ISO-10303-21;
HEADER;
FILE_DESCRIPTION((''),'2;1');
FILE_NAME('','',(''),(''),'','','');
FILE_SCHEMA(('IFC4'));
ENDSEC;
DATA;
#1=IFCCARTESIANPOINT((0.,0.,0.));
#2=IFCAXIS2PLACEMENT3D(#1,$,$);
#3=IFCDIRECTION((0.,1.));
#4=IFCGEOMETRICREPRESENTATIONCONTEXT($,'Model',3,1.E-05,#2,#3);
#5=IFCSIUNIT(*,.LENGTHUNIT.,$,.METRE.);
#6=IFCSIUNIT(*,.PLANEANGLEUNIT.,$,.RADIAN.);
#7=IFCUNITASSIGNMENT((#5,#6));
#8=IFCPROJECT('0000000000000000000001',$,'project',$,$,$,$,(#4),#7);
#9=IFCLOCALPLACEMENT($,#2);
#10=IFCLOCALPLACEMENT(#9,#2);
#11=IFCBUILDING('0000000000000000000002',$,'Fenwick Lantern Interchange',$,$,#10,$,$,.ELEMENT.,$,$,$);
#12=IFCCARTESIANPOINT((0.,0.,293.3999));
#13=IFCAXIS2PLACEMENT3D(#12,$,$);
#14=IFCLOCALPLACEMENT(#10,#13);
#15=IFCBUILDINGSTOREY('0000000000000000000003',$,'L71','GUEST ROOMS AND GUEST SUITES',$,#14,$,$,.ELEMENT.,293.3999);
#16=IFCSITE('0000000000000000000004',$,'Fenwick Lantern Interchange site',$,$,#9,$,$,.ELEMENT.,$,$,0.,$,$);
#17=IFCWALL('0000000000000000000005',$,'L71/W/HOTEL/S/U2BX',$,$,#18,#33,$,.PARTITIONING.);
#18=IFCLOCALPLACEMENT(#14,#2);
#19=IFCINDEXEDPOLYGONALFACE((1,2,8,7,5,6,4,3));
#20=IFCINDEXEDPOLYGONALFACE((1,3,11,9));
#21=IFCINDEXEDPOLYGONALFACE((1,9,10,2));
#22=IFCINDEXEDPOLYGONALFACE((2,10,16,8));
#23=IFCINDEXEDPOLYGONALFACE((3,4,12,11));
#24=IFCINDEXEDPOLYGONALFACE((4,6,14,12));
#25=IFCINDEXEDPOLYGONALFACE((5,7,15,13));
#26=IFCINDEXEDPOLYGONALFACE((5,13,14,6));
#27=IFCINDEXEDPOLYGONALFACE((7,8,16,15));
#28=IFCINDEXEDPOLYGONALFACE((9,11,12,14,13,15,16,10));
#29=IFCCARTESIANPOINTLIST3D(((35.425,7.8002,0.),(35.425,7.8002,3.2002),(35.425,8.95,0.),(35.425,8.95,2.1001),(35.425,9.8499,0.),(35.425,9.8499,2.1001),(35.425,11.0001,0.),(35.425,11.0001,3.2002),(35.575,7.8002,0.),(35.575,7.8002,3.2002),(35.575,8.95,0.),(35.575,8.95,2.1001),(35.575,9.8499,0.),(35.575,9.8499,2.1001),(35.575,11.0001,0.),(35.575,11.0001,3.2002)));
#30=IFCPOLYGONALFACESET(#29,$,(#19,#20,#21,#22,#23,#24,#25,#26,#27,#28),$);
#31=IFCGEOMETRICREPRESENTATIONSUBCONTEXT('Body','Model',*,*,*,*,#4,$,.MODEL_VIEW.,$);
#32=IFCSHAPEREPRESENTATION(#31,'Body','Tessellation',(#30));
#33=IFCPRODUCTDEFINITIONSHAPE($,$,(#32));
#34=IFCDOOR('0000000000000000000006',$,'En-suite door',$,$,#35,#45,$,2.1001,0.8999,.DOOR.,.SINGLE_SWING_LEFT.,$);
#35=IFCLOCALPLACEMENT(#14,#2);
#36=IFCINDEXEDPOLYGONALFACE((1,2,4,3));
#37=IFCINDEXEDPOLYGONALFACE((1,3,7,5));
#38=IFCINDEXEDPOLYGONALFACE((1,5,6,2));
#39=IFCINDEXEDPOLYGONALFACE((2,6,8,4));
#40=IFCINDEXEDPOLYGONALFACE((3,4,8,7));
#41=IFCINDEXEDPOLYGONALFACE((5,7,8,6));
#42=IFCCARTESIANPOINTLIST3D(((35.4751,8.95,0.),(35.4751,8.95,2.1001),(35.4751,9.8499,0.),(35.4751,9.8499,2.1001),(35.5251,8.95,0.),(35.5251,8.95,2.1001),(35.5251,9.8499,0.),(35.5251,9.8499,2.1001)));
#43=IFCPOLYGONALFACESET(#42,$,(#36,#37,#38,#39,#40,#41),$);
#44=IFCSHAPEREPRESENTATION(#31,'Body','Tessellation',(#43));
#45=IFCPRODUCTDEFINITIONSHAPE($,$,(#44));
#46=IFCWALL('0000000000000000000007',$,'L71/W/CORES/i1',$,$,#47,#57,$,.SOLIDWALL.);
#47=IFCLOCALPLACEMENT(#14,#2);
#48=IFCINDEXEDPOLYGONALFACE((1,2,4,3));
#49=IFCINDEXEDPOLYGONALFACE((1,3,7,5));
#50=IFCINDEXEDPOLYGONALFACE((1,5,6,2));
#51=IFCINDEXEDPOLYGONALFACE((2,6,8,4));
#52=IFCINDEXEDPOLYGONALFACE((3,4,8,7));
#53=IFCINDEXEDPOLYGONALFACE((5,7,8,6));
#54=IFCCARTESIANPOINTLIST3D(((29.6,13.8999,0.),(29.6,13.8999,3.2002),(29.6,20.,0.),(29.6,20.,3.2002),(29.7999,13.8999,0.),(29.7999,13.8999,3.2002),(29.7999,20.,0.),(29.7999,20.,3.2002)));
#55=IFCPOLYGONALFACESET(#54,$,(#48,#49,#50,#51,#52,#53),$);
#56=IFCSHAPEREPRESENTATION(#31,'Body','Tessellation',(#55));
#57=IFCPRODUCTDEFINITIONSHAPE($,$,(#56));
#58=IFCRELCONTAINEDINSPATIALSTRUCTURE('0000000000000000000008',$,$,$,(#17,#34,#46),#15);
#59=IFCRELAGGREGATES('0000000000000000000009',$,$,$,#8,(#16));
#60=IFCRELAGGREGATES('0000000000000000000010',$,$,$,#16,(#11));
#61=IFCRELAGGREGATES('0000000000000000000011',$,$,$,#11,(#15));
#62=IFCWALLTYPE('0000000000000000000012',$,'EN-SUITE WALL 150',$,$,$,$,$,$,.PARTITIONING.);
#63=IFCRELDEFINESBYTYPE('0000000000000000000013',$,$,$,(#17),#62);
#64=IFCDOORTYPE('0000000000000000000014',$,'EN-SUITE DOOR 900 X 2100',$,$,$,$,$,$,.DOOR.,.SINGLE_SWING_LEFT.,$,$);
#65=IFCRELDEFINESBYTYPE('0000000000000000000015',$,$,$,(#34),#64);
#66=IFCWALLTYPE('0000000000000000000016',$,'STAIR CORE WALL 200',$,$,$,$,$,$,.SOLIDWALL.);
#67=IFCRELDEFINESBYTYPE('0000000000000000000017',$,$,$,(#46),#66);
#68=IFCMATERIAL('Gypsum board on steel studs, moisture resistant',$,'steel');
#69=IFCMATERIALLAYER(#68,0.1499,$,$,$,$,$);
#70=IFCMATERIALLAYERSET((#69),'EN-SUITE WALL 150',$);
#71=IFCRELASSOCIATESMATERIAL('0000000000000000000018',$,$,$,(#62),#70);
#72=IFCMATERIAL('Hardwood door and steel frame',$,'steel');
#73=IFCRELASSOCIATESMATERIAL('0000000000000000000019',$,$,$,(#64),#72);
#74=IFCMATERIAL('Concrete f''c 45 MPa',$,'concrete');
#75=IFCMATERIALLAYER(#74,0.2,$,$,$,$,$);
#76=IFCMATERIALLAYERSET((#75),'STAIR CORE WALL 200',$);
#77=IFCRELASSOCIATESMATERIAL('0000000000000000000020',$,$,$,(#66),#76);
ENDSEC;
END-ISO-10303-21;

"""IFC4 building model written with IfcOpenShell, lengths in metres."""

from ifc_helpers import new_model, si_unit, direction, frame, frame_2d, origin, place, context, subcontext, project, spatial, rectangle, extrude, material, layer, layer_set, type_object, element, fill, save


model = new_model("IFC4")

# Units and contexts
model_context = context("Model", 3, precision=1e-05, world=origin(), true_north=direction((0.0, 1.0)))
body_context = subcontext(model_context, "Body", "Model", "MODEL_VIEW")
ifc_project = project(units=[si_unit("LENGTHUNIT", "METRE"), si_unit("PLANEANGLEUNIT", "RADIAN")], contexts=[model_context])

# Site, building, storey
site_placement = place(None, origin())
site = spatial("IfcSite", under=ifc_project, at=site_placement, Name="Fenwick Lantern Interchange site", CompositionType="ELEMENT", RefElevation=0.0)
building_placement = place(site_placement, origin())
building = spatial("IfcBuilding", under=site, at=building_placement, Name="Fenwick Lantern Interchange", CompositionType="ELEMENT")
storey_placement = place(building_placement, frame((0.0, 0.0, 293.3999)))
storey = spatial("IfcBuildingStorey", under=building, at=storey_placement, Name="L71", Description="GUEST ROOMS AND GUEST SUITES", CompositionType="ELEMENT", Elevation=293.3999)

# Shared definitions
ifc_material_1 = material(Name="Hardwood door and steel frame", Category="steel")

# Shared definitions
ifc_material_2 = material(Name="Gypsum board on steel studs, moisture resistant", Category="steel")
ifc_layer_1 = layer(ifc_material_2, 0.1499)
ifc_layer_set_1 = layer_set([ifc_layer_1], Name="EN-SUITE WALL 150")
wall_type_1 = type_object("IfcWallType", Name="EN-SUITE WALL 150", PredefinedType="PARTITIONING", material=ifc_layer_set_1)

# Shared definitions
door_type_1 = type_object("IfcDoorType", Name="EN-SUITE DOOR 900 X 2100", OperationType="SINGLE_SWING_LEFT", PredefinedType="DOOR", material=ifc_material_1)

# Wall, opening, door
wall_1_placement = place(storey_placement, frame((35.5, 7.8, 0.0), z_axis=(0.0, 0.0, 1.0), x_axis=(0.0, 1.0, 0.0)))
wall_1 = element("IfcWall", 1, at=wall_1_placement, inside=storey, type_object=wall_type_1, Name="L71/W/HOTEL/S/U2BX", PredefinedType="PARTITIONING", context=body_context, shape_type="SweptSolid", body=[
    extrude(rectangle(XDim=3.2, YDim=0.1499, at=frame_2d((1.6001, 0.0))), origin(), (0.0, 0.0, 1.0), 3.2002),
])
opening_1_placement = place(wall_1_placement, frame((1.1499, 0.0, 0.0)))
opening_1 = element("IfcOpeningElement", 2, at=opening_1_placement, cuts=wall_1, PredefinedType="OPENING", context=body_context, shape_type="SweptSolid", body=[
    extrude(rectangle(XDim=0.8999, YDim=2.1001, at=frame_2d((0.45, 1.05))), frame((0.0, 0.085, 0.0), z_axis=(0.0, -1.0, 0.0), x_axis=(1.0, 0.0, 0.0)), (0.0, 0.0, 1.0), 0.1699),
])
door_1_placement = place(opening_1_placement, origin())
door_1 = element("IfcDoor", 3, at=door_1_placement, inside=storey, type_object=door_type_1, Name="En-suite door", OperationType="SINGLE_SWING_LEFT", OverallHeight=2.1001, OverallWidth=0.8999, PredefinedType="DOOR", context=body_context, shape_type="SweptSolid", body=[
    extrude(rectangle(XDim=0.8999, YDim=2.1001, at=frame_2d((0.45, 1.05))), frame((0.0, 0.0249, 0.0), z_axis=(0.0, -1.0, 0.0), x_axis=(1.0, 0.0, 0.0)), (0.0, 0.0, 1.0), 0.05),
])
fill(opening_1, door_1)

# Wall
ifc_material_3 = material(Name="Concrete f'c 45 MPa", Category="concrete")
ifc_layer_2 = layer(ifc_material_3, 0.2)
ifc_layer_set_2 = layer_set([ifc_layer_2], Name="STAIR CORE WALL 200")
wall_type_2 = type_object("IfcWallType", Name="STAIR CORE WALL 200", PredefinedType="SOLIDWALL", material=ifc_layer_set_2)
wall_2_placement = place(storey_placement, frame((29.7, 13.8999, 0.0), z_axis=(0.0, 0.0, 1.0), x_axis=(0.0, 1.0, 0.0)))
element("IfcWall", 4, at=wall_2_placement, inside=storey, type_object=wall_type_2, Name="L71/W/CORES/i1", PredefinedType="SOLIDWALL", context=body_context, shape_type="SweptSolid", body=[
    extrude(rectangle(XDim=6.1001, YDim=0.2, at=frame_2d((3.05, 0.0))), origin(), (0.0, 0.0, 1.0), 3.2002),
])

save(model, "model.ifc")
